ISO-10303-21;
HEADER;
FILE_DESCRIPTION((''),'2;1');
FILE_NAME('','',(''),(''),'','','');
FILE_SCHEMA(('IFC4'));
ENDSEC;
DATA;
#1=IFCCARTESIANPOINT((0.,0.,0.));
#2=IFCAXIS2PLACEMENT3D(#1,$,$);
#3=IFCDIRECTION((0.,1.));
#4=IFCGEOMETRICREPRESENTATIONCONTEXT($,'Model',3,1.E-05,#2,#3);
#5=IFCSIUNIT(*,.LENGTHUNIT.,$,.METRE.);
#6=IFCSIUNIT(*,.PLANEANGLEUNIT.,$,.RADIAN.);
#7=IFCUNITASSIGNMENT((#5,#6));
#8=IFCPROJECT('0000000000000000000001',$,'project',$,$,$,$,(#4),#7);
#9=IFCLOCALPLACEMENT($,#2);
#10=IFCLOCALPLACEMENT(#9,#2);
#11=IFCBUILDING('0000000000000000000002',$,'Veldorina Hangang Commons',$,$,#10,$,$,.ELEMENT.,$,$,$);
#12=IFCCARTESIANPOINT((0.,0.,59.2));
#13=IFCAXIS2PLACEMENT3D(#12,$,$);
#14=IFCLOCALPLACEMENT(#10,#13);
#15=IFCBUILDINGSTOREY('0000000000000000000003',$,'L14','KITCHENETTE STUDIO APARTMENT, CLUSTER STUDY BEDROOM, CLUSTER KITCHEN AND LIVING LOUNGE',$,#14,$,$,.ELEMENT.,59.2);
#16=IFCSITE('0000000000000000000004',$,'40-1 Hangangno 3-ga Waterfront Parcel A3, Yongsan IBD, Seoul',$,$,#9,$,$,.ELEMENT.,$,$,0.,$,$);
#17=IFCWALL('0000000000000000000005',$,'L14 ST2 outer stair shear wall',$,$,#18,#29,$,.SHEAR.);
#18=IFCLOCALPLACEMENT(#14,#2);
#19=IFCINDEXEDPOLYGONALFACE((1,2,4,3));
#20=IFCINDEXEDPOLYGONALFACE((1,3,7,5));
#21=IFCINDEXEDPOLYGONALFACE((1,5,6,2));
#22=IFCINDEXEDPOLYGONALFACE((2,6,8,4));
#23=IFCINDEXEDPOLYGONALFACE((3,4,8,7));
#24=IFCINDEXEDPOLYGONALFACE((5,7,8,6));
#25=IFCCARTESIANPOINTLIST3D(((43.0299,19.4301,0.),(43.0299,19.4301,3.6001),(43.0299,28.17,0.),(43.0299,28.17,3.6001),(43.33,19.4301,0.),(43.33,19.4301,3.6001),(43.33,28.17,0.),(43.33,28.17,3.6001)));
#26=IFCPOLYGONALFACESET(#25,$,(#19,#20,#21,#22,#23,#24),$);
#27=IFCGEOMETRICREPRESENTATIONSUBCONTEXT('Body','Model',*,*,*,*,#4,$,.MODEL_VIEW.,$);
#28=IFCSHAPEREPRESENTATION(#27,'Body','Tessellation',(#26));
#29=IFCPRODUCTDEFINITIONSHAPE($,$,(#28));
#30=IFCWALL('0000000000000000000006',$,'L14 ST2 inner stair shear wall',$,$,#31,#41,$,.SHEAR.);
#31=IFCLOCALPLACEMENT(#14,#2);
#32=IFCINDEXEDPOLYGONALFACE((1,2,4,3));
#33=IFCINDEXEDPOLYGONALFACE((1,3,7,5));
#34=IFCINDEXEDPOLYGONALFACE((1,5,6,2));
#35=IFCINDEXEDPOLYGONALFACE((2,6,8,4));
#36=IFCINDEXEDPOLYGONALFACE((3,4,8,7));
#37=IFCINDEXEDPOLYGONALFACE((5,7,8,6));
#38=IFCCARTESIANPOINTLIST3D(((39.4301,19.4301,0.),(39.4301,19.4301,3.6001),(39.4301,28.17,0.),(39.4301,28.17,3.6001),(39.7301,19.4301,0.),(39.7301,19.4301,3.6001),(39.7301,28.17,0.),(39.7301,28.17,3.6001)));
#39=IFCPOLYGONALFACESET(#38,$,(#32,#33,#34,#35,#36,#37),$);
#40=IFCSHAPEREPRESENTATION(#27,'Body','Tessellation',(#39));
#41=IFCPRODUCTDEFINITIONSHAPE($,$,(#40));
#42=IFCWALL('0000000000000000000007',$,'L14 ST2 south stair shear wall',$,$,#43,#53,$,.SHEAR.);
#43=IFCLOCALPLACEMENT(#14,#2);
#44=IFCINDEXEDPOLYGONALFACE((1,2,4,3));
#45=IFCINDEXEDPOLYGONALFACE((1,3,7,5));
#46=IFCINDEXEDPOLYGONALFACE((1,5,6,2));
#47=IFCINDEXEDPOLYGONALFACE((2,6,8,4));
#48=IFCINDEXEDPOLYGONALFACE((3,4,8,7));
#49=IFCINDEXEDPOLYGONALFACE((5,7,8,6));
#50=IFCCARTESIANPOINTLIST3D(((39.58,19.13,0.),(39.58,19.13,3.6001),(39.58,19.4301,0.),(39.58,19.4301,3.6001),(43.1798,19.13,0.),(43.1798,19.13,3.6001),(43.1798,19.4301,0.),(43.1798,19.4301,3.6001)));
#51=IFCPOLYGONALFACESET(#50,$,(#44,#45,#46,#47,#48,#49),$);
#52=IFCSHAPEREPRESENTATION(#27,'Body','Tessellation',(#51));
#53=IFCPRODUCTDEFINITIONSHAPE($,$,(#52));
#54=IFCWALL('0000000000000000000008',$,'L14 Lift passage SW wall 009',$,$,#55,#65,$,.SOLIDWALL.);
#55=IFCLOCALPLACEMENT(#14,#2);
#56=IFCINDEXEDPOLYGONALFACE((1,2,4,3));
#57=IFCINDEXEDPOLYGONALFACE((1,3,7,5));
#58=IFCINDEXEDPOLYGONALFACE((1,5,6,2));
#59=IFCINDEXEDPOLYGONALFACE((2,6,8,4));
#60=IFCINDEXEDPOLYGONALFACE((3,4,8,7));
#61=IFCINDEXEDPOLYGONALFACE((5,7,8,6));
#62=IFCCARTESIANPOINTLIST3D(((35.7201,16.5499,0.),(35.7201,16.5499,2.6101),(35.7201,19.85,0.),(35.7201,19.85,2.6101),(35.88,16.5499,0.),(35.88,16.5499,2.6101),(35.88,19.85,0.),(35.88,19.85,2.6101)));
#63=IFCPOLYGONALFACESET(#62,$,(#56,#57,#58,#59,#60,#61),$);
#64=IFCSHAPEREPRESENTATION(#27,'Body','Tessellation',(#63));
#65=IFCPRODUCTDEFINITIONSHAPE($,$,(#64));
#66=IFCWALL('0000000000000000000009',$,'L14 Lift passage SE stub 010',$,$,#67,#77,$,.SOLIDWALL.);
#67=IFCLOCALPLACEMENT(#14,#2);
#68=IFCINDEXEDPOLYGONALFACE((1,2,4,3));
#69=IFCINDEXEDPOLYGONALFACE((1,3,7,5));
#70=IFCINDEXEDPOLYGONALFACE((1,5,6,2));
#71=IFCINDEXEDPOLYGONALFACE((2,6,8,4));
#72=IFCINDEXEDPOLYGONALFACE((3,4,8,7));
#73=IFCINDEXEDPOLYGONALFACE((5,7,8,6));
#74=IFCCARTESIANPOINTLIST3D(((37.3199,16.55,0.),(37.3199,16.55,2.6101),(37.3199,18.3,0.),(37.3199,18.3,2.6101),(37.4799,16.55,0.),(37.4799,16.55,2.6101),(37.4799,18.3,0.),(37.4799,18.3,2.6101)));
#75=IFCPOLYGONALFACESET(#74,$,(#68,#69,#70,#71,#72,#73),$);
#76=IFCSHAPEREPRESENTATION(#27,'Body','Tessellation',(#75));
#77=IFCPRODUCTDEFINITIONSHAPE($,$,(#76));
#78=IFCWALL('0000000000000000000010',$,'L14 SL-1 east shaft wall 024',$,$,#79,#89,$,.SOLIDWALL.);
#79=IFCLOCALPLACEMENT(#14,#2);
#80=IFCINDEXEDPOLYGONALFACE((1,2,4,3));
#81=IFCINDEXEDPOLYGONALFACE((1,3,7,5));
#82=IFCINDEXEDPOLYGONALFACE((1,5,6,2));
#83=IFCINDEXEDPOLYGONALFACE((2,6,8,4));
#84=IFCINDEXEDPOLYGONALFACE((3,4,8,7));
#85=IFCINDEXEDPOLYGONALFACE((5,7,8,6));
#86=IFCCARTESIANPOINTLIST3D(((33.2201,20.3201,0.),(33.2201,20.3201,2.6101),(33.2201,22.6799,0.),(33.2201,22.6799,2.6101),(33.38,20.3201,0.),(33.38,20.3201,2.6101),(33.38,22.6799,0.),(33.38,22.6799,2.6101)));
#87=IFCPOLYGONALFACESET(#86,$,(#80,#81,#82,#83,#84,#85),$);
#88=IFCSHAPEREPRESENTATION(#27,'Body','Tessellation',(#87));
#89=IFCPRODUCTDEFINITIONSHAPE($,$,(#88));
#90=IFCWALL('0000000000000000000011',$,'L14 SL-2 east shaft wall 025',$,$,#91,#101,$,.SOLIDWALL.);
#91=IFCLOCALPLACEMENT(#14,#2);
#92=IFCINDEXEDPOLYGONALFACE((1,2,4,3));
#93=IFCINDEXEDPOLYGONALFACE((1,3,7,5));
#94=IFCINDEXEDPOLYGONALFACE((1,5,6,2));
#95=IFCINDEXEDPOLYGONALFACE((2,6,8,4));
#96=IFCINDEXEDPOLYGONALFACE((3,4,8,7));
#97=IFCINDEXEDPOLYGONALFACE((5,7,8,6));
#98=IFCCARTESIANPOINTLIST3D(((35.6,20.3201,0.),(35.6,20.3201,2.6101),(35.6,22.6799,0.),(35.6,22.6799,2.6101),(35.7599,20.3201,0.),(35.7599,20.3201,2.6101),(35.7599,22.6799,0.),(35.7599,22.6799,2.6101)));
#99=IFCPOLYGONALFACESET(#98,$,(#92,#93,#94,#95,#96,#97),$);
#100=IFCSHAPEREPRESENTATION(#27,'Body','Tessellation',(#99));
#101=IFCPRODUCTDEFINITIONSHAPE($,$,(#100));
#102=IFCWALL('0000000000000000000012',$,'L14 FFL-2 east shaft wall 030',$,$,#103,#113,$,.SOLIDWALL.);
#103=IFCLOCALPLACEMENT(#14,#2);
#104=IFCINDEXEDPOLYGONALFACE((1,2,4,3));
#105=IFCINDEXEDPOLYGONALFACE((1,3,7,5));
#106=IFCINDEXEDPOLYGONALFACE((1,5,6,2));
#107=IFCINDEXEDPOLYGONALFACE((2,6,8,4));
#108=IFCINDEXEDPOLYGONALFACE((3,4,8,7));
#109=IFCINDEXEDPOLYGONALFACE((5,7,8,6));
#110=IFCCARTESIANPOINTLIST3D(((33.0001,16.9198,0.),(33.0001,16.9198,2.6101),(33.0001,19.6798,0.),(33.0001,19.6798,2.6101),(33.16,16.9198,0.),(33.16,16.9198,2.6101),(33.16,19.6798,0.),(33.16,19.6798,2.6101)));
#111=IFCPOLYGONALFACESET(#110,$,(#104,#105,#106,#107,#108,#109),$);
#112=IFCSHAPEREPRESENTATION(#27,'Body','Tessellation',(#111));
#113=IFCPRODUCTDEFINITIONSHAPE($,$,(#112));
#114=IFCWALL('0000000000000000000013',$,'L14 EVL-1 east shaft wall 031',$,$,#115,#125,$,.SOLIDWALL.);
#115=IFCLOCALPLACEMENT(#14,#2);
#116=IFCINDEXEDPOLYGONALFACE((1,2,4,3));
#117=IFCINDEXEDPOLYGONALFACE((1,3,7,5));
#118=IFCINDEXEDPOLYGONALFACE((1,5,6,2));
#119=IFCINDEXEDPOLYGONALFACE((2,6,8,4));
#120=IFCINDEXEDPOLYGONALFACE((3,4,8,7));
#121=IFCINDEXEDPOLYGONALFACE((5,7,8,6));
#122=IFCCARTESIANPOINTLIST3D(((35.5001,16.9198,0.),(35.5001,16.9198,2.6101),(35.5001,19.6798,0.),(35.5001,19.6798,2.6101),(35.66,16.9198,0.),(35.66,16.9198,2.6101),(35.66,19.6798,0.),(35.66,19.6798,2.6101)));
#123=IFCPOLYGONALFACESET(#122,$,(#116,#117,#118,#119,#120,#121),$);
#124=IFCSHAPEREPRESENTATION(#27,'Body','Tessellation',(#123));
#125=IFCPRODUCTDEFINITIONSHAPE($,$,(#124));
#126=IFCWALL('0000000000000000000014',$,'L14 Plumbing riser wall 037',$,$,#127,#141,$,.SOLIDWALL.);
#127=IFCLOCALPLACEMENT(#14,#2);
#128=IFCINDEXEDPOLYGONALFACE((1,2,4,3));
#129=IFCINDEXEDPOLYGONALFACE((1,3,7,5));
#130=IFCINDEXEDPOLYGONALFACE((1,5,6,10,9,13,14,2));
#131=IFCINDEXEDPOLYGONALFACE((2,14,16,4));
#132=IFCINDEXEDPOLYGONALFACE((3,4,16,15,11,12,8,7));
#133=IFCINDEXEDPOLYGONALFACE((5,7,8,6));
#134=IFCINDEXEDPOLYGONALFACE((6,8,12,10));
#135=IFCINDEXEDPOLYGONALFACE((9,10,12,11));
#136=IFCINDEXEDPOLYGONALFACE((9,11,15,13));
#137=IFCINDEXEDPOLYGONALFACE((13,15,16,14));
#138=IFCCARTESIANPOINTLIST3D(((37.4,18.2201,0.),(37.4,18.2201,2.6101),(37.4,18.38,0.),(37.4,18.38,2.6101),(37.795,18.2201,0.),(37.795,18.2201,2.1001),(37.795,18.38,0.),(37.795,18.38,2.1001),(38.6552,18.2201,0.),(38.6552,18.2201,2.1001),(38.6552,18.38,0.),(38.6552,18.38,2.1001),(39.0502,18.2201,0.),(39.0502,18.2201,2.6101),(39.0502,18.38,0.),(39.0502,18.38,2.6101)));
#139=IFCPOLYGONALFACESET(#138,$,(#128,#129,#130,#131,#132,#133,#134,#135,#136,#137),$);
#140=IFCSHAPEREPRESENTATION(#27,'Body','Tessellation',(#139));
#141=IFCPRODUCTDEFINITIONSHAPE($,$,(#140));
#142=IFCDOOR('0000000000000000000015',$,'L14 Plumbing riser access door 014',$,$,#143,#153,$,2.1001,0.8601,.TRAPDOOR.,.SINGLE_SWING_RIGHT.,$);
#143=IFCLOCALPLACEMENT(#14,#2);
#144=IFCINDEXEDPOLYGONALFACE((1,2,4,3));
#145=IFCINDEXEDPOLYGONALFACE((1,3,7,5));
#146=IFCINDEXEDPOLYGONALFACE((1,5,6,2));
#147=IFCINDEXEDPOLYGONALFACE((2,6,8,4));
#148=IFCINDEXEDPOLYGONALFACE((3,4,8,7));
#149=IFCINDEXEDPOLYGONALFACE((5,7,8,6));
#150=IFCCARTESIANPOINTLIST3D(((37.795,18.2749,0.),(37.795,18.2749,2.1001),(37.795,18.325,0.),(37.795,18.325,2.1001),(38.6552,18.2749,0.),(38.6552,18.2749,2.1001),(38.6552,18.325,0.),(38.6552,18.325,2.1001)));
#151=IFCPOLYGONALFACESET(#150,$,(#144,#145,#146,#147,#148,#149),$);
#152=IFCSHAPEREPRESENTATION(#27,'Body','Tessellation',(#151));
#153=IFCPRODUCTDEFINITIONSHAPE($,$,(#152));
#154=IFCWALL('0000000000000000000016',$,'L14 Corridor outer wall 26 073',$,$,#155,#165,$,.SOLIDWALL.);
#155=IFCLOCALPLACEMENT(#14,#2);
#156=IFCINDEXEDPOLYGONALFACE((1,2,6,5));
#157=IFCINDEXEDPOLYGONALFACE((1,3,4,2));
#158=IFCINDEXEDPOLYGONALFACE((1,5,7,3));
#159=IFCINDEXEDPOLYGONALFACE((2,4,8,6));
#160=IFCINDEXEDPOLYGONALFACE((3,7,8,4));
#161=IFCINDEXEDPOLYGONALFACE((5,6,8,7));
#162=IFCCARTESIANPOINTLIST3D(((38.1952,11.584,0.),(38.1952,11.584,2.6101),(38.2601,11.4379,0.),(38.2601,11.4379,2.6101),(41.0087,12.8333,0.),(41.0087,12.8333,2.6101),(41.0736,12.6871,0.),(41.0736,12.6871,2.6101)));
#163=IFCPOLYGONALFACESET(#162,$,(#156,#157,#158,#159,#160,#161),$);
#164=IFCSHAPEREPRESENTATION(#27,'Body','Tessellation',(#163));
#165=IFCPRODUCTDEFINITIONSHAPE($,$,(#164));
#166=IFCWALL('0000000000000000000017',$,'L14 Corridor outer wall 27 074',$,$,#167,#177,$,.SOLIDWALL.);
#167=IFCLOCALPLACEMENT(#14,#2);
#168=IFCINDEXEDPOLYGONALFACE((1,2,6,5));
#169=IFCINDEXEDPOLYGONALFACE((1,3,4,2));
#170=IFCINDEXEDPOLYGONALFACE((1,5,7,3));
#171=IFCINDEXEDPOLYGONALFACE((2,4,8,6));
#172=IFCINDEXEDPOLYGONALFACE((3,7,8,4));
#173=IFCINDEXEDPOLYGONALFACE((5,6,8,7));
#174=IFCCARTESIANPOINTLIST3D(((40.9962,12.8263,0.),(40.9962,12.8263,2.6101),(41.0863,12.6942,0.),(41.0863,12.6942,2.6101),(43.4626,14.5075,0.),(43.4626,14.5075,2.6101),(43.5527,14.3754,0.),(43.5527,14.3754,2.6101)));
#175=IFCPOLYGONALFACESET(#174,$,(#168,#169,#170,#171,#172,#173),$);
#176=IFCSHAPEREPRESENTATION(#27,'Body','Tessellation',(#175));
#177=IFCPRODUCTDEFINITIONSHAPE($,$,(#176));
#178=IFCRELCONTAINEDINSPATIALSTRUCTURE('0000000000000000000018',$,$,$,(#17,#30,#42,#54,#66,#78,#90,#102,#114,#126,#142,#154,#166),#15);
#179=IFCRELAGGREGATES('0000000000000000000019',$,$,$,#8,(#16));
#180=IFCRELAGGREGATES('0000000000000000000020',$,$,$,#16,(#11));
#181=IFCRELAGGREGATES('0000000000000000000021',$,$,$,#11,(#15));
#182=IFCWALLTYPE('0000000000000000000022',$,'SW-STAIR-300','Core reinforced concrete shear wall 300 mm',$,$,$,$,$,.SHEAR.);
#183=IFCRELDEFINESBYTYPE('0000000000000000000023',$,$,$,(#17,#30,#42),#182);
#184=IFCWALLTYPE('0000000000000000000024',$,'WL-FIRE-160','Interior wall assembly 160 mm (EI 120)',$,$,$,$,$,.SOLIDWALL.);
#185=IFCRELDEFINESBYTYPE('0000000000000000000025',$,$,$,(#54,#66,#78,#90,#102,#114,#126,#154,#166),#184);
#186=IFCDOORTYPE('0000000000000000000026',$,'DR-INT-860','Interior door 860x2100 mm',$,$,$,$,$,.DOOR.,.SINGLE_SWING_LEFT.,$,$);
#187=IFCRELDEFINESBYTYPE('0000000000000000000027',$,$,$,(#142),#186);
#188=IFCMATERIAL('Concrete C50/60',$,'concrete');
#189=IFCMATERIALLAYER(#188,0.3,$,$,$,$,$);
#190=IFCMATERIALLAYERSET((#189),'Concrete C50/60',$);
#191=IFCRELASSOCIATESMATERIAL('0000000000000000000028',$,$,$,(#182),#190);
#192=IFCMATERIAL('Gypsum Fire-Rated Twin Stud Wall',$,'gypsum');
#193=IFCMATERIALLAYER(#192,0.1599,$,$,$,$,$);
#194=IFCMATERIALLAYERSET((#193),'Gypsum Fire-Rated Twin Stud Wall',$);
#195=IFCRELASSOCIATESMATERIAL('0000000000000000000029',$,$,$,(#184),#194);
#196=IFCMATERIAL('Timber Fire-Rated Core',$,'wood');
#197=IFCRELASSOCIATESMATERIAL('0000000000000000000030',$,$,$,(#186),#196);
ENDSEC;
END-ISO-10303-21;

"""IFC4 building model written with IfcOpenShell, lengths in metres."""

from ifc_helpers import new_model, si_unit, direction, frame, frame_2d, origin, place, context, subcontext, project, spatial, rectangle, extrude, material, layer, layer_set, type_object, element, fill, save


model = new_model("IFC4")

# Units and contexts
model_context = context("Model", 3, precision=1e-05, world=origin(), true_north=direction((0.0, 1.0)))
body_context = subcontext(model_context, "Body", "Model", "MODEL_VIEW")
ifc_project = project(units=[si_unit("LENGTHUNIT", "METRE"), si_unit("PLANEANGLEUNIT", "RADIAN")], contexts=[model_context])

# Site, building, storey
site_placement = place(None, origin())
site = spatial("IfcSite", under=ifc_project, at=site_placement, Name="40-1 Hangangno 3-ga Waterfront Parcel A3, Yongsan IBD, Seoul", CompositionType="ELEMENT", RefElevation=0.0)
building_placement = place(site_placement, origin())
building = spatial("IfcBuilding", under=site, at=building_placement, Name="Veldorina Hangang Commons", CompositionType="ELEMENT")
storey_placement = place(building_placement, frame((0.0, 0.0, 59.2)))
storey = spatial("IfcBuildingStorey", under=building, at=storey_placement, Name="L14", Description="KITCHENETTE STUDIO APARTMENT, CLUSTER STUDY BEDROOM, CLUSTER KITCHEN AND LIVING LOUNGE", CompositionType="ELEMENT", Elevation=59.2)

# Walls
ifc_material_1 = material(Name="Concrete C50/60", Category="concrete")
ifc_layer_1 = layer(ifc_material_1, 0.3)
ifc_layer_set_1 = layer_set([ifc_layer_1], Name="Concrete C50/60")
wall_type_1 = type_object("IfcWallType", Name="SW-STAIR-300", Description="Core reinforced concrete shear wall 300 mm", PredefinedType="SHEAR", material=ifc_layer_set_1)
for number, where, z_axis, x_axis, name in (
    (1, (43.1799, 19.4299, 0.0), (0.0, 0.0, 1.0), (0.0, 1.0, 0.0), "L14 ST2 outer stair shear wall"),
    (2, (39.5801, 19.4299, 0.0), (0.0, 0.0, 1.0), (0.0, 1.0, 0.0), "L14 ST2 inner stair shear wall"),
):
    element("IfcWall", number, at=place(storey_placement, frame(where, z_axis=z_axis, x_axis=x_axis)), inside=storey, type_object=wall_type_1, Name=name, PredefinedType="SHEAR", context=body_context, shape_type="SweptSolid", body=[
        extrude(rectangle(XDim=8.74, YDim=0.3, at=frame_2d((4.3701, 0.0))), origin(), (0.0, 0.0, 1.0), 3.6001),
    ])
wall_1_placement = place(storey_placement, frame((39.5801, 19.28, 0.0), z_axis=(0.0, 0.0, 1.0), x_axis=(1.0, 0.0, 0.0)))
element("IfcWall", 3, at=wall_1_placement, inside=storey, type_object=wall_type_1, Name="L14 ST2 south stair shear wall", PredefinedType="SHEAR", context=body_context, shape_type="SweptSolid", body=[
    extrude(rectangle(XDim=3.5999, YDim=0.3, at=frame_2d((1.7998, 0.0))), origin(), (0.0, 0.0, 1.0), 3.6001),
])
ifc_material_2 = material(Name="Gypsum Fire-Rated Twin Stud Wall", Category="gypsum")
ifc_layer_2 = layer(ifc_material_2, 0.1599)
ifc_layer_set_2 = layer_set([ifc_layer_2], Name="Gypsum Fire-Rated Twin Stud Wall")
wall_type_2 = type_object("IfcWallType", Name="WL-FIRE-160", Description="Interior wall assembly 160 mm (EI 120)", PredefinedType="SOLIDWALL", material=ifc_layer_set_2)
wall_2_placement = place(storey_placement, frame((35.8, 16.55, 0.0), z_axis=(0.0, 0.0, 1.0), x_axis=(0.0, 1.0, 0.0)))
element("IfcWall", 4, at=wall_2_placement, inside=storey, type_object=wall_type_2, Name="L14 Lift passage SW wall 009", PredefinedType="SOLIDWALL", context=body_context, shape_type="SweptSolid", body=[
    extrude(rectangle(XDim=3.3, YDim=0.1599, at=frame_2d((1.6499, 0.0))), origin(), (0.0, 0.0, 1.0), 2.6101),
])
wall_3_placement = place(storey_placement, frame((37.3999, 16.55, 0.0), z_axis=(0.0, 0.0, 1.0), x_axis=(0.0, 1.0, 0.0)))
element("IfcWall", 5, at=wall_3_placement, inside=storey, type_object=wall_type_2, Name="L14 Lift passage SE stub 010", PredefinedType="SOLIDWALL", context=body_context, shape_type="SweptSolid", body=[
    extrude(rectangle(XDim=1.75, YDim=0.1599, at=frame_2d((0.875, 0.0))), origin(), (0.0, 0.0, 1.0), 2.6101),
])
for number, where, z_axis, x_axis, name in (
    (6, (33.3, 20.3201, 0.0), (0.0, 0.0, 1.0), (0.0, 1.0, 0.0), "L14 SL-1 east shaft wall 024"),
    (7, (35.6799, 20.3201, 0.0), (0.0, 0.0, 1.0), (0.0, 1.0, 0.0), "L14 SL-2 east shaft wall 025"),
):
    element("IfcWall", number, at=place(storey_placement, frame(where, z_axis=z_axis, x_axis=x_axis)), inside=storey, type_object=wall_type_2, Name=name, PredefinedType="SOLIDWALL", context=body_context, shape_type="SweptSolid", body=[
        extrude(rectangle(XDim=2.3599, YDim=0.1599, at=frame_2d((1.1799, 0.0))), origin(), (0.0, 0.0, 1.0), 2.6101),
    ])
for number, where, z_axis, x_axis, name in (
    (8, (33.0801, 16.9199, 0.0), (0.0, 0.0, 1.0), (0.0, 1.0, 0.0), "L14 FFL-2 east shaft wall 030"),
    (9, (35.5801, 16.9199, 0.0), (0.0, 0.0, 1.0), (0.0, 1.0, 0.0), "L14 EVL-1 east shaft wall 031"),
):
    element("IfcWall", number, at=place(storey_placement, frame(where, z_axis=z_axis, x_axis=x_axis)), inside=storey, type_object=wall_type_2, Name=name, PredefinedType="SOLIDWALL", context=body_context, shape_type="SweptSolid", body=[
        extrude(rectangle(XDim=2.76, YDim=0.1599, at=frame_2d((1.3799, 0.0))), origin(), (0.0, 0.0, 1.0), 2.6101),
    ])

# Wall, opening, door
wall_4_placement = place(storey_placement, frame((37.3999, 18.3, 0.0), z_axis=(0.0, 0.0, 1.0), x_axis=(1.0, 0.0, 0.0)))
wall_4 = element("IfcWall", 10, at=wall_4_placement, inside=storey, type_object=wall_type_2, Name="L14 Plumbing riser wall 037", PredefinedType="SOLIDWALL", context=body_context, shape_type="SweptSolid", body=[
    extrude(rectangle(XDim=1.6501, YDim=0.1599, at=frame_2d((0.8252, 0.0))), origin(), (0.0, 0.0, 1.0), 2.6101),
])
opening_1_placement = place(wall_4_placement, frame((0.395, 0.0, 0.0)))
opening_1 = element("IfcOpeningElement", 11, at=opening_1_placement, cuts=wall_4, PredefinedType="OPENING", context=body_context, shape_type="SweptSolid", body=[
    extrude(rectangle(XDim=0.8601, YDim=2.1001, at=frame_2d((0.4302, 1.05))), frame((0.0, 0.0898, 0.0), z_axis=(0.0, -1.0, 0.0), x_axis=(1.0, 0.0, 0.0)), (0.0, 0.0, 1.0), 0.1799),
])
ifc_material_3 = material(Name="Timber Fire-Rated Core", Category="wood")
door_type_1 = type_object("IfcDoorType", Name="DR-INT-860", Description="Interior door 860x2100 mm", OperationType="SINGLE_SWING_LEFT", PredefinedType="DOOR", material=ifc_material_3)
door_1_placement = place(opening_1_placement, origin())
door_1 = element("IfcDoor", 12, at=door_1_placement, inside=storey, type_object=door_type_1, Name="L14 Plumbing riser access door 014", OperationType="SINGLE_SWING_RIGHT", OverallHeight=2.1001, OverallWidth=0.8601, PredefinedType="TRAPDOOR", context=body_context, shape_type="SweptSolid", body=[
    extrude(rectangle(XDim=0.8601, YDim=2.1001, at=frame_2d((0.4302, 1.05))), frame((0.0, 0.0249, 0.0), z_axis=(0.0, -1.0, 0.0), x_axis=(1.0, 0.0, 0.0)), (0.0, 0.0, 1.0), 0.05),
])
fill(opening_1, door_1)

# Walls
wall_5_placement = place(storey_placement, frame((38.2278, 11.511, 0.0), z_axis=(0.0, 0.0, 1.0), x_axis=(0.913952, 0.405822, 0.0)))
element("IfcWall", 13, at=wall_5_placement, inside=storey, type_object=wall_type_2, Name="L14 Corridor outer wall 26 073", PredefinedType="SOLIDWALL", context=body_context, shape_type="SweptSolid", body=[
    extrude(rectangle(XDim=3.0784, YDim=0.1599, at=frame_2d((1.5391, 0.0))), origin(), (0.0, 0.0, 1.0), 2.6101),
])
wall_6_placement = place(storey_placement, frame((41.0413, 12.7603, 0.0), z_axis=(0.0, 0.0, 1.0), x_axis=(0.826293, 0.56324, 0.0)))
element("IfcWall", 14, at=wall_6_placement, inside=storey, type_object=wall_type_2, Name="L14 Corridor outer wall 27 074", PredefinedType="SOLIDWALL", context=body_context, shape_type="SweptSolid", body=[
    extrude(rectangle(XDim=2.9849, YDim=0.1599, at=frame_2d((1.4924, 0.0))), origin(), (0.0, 0.0, 1.0), 2.6101),
])

save(model, "model.ifc")
